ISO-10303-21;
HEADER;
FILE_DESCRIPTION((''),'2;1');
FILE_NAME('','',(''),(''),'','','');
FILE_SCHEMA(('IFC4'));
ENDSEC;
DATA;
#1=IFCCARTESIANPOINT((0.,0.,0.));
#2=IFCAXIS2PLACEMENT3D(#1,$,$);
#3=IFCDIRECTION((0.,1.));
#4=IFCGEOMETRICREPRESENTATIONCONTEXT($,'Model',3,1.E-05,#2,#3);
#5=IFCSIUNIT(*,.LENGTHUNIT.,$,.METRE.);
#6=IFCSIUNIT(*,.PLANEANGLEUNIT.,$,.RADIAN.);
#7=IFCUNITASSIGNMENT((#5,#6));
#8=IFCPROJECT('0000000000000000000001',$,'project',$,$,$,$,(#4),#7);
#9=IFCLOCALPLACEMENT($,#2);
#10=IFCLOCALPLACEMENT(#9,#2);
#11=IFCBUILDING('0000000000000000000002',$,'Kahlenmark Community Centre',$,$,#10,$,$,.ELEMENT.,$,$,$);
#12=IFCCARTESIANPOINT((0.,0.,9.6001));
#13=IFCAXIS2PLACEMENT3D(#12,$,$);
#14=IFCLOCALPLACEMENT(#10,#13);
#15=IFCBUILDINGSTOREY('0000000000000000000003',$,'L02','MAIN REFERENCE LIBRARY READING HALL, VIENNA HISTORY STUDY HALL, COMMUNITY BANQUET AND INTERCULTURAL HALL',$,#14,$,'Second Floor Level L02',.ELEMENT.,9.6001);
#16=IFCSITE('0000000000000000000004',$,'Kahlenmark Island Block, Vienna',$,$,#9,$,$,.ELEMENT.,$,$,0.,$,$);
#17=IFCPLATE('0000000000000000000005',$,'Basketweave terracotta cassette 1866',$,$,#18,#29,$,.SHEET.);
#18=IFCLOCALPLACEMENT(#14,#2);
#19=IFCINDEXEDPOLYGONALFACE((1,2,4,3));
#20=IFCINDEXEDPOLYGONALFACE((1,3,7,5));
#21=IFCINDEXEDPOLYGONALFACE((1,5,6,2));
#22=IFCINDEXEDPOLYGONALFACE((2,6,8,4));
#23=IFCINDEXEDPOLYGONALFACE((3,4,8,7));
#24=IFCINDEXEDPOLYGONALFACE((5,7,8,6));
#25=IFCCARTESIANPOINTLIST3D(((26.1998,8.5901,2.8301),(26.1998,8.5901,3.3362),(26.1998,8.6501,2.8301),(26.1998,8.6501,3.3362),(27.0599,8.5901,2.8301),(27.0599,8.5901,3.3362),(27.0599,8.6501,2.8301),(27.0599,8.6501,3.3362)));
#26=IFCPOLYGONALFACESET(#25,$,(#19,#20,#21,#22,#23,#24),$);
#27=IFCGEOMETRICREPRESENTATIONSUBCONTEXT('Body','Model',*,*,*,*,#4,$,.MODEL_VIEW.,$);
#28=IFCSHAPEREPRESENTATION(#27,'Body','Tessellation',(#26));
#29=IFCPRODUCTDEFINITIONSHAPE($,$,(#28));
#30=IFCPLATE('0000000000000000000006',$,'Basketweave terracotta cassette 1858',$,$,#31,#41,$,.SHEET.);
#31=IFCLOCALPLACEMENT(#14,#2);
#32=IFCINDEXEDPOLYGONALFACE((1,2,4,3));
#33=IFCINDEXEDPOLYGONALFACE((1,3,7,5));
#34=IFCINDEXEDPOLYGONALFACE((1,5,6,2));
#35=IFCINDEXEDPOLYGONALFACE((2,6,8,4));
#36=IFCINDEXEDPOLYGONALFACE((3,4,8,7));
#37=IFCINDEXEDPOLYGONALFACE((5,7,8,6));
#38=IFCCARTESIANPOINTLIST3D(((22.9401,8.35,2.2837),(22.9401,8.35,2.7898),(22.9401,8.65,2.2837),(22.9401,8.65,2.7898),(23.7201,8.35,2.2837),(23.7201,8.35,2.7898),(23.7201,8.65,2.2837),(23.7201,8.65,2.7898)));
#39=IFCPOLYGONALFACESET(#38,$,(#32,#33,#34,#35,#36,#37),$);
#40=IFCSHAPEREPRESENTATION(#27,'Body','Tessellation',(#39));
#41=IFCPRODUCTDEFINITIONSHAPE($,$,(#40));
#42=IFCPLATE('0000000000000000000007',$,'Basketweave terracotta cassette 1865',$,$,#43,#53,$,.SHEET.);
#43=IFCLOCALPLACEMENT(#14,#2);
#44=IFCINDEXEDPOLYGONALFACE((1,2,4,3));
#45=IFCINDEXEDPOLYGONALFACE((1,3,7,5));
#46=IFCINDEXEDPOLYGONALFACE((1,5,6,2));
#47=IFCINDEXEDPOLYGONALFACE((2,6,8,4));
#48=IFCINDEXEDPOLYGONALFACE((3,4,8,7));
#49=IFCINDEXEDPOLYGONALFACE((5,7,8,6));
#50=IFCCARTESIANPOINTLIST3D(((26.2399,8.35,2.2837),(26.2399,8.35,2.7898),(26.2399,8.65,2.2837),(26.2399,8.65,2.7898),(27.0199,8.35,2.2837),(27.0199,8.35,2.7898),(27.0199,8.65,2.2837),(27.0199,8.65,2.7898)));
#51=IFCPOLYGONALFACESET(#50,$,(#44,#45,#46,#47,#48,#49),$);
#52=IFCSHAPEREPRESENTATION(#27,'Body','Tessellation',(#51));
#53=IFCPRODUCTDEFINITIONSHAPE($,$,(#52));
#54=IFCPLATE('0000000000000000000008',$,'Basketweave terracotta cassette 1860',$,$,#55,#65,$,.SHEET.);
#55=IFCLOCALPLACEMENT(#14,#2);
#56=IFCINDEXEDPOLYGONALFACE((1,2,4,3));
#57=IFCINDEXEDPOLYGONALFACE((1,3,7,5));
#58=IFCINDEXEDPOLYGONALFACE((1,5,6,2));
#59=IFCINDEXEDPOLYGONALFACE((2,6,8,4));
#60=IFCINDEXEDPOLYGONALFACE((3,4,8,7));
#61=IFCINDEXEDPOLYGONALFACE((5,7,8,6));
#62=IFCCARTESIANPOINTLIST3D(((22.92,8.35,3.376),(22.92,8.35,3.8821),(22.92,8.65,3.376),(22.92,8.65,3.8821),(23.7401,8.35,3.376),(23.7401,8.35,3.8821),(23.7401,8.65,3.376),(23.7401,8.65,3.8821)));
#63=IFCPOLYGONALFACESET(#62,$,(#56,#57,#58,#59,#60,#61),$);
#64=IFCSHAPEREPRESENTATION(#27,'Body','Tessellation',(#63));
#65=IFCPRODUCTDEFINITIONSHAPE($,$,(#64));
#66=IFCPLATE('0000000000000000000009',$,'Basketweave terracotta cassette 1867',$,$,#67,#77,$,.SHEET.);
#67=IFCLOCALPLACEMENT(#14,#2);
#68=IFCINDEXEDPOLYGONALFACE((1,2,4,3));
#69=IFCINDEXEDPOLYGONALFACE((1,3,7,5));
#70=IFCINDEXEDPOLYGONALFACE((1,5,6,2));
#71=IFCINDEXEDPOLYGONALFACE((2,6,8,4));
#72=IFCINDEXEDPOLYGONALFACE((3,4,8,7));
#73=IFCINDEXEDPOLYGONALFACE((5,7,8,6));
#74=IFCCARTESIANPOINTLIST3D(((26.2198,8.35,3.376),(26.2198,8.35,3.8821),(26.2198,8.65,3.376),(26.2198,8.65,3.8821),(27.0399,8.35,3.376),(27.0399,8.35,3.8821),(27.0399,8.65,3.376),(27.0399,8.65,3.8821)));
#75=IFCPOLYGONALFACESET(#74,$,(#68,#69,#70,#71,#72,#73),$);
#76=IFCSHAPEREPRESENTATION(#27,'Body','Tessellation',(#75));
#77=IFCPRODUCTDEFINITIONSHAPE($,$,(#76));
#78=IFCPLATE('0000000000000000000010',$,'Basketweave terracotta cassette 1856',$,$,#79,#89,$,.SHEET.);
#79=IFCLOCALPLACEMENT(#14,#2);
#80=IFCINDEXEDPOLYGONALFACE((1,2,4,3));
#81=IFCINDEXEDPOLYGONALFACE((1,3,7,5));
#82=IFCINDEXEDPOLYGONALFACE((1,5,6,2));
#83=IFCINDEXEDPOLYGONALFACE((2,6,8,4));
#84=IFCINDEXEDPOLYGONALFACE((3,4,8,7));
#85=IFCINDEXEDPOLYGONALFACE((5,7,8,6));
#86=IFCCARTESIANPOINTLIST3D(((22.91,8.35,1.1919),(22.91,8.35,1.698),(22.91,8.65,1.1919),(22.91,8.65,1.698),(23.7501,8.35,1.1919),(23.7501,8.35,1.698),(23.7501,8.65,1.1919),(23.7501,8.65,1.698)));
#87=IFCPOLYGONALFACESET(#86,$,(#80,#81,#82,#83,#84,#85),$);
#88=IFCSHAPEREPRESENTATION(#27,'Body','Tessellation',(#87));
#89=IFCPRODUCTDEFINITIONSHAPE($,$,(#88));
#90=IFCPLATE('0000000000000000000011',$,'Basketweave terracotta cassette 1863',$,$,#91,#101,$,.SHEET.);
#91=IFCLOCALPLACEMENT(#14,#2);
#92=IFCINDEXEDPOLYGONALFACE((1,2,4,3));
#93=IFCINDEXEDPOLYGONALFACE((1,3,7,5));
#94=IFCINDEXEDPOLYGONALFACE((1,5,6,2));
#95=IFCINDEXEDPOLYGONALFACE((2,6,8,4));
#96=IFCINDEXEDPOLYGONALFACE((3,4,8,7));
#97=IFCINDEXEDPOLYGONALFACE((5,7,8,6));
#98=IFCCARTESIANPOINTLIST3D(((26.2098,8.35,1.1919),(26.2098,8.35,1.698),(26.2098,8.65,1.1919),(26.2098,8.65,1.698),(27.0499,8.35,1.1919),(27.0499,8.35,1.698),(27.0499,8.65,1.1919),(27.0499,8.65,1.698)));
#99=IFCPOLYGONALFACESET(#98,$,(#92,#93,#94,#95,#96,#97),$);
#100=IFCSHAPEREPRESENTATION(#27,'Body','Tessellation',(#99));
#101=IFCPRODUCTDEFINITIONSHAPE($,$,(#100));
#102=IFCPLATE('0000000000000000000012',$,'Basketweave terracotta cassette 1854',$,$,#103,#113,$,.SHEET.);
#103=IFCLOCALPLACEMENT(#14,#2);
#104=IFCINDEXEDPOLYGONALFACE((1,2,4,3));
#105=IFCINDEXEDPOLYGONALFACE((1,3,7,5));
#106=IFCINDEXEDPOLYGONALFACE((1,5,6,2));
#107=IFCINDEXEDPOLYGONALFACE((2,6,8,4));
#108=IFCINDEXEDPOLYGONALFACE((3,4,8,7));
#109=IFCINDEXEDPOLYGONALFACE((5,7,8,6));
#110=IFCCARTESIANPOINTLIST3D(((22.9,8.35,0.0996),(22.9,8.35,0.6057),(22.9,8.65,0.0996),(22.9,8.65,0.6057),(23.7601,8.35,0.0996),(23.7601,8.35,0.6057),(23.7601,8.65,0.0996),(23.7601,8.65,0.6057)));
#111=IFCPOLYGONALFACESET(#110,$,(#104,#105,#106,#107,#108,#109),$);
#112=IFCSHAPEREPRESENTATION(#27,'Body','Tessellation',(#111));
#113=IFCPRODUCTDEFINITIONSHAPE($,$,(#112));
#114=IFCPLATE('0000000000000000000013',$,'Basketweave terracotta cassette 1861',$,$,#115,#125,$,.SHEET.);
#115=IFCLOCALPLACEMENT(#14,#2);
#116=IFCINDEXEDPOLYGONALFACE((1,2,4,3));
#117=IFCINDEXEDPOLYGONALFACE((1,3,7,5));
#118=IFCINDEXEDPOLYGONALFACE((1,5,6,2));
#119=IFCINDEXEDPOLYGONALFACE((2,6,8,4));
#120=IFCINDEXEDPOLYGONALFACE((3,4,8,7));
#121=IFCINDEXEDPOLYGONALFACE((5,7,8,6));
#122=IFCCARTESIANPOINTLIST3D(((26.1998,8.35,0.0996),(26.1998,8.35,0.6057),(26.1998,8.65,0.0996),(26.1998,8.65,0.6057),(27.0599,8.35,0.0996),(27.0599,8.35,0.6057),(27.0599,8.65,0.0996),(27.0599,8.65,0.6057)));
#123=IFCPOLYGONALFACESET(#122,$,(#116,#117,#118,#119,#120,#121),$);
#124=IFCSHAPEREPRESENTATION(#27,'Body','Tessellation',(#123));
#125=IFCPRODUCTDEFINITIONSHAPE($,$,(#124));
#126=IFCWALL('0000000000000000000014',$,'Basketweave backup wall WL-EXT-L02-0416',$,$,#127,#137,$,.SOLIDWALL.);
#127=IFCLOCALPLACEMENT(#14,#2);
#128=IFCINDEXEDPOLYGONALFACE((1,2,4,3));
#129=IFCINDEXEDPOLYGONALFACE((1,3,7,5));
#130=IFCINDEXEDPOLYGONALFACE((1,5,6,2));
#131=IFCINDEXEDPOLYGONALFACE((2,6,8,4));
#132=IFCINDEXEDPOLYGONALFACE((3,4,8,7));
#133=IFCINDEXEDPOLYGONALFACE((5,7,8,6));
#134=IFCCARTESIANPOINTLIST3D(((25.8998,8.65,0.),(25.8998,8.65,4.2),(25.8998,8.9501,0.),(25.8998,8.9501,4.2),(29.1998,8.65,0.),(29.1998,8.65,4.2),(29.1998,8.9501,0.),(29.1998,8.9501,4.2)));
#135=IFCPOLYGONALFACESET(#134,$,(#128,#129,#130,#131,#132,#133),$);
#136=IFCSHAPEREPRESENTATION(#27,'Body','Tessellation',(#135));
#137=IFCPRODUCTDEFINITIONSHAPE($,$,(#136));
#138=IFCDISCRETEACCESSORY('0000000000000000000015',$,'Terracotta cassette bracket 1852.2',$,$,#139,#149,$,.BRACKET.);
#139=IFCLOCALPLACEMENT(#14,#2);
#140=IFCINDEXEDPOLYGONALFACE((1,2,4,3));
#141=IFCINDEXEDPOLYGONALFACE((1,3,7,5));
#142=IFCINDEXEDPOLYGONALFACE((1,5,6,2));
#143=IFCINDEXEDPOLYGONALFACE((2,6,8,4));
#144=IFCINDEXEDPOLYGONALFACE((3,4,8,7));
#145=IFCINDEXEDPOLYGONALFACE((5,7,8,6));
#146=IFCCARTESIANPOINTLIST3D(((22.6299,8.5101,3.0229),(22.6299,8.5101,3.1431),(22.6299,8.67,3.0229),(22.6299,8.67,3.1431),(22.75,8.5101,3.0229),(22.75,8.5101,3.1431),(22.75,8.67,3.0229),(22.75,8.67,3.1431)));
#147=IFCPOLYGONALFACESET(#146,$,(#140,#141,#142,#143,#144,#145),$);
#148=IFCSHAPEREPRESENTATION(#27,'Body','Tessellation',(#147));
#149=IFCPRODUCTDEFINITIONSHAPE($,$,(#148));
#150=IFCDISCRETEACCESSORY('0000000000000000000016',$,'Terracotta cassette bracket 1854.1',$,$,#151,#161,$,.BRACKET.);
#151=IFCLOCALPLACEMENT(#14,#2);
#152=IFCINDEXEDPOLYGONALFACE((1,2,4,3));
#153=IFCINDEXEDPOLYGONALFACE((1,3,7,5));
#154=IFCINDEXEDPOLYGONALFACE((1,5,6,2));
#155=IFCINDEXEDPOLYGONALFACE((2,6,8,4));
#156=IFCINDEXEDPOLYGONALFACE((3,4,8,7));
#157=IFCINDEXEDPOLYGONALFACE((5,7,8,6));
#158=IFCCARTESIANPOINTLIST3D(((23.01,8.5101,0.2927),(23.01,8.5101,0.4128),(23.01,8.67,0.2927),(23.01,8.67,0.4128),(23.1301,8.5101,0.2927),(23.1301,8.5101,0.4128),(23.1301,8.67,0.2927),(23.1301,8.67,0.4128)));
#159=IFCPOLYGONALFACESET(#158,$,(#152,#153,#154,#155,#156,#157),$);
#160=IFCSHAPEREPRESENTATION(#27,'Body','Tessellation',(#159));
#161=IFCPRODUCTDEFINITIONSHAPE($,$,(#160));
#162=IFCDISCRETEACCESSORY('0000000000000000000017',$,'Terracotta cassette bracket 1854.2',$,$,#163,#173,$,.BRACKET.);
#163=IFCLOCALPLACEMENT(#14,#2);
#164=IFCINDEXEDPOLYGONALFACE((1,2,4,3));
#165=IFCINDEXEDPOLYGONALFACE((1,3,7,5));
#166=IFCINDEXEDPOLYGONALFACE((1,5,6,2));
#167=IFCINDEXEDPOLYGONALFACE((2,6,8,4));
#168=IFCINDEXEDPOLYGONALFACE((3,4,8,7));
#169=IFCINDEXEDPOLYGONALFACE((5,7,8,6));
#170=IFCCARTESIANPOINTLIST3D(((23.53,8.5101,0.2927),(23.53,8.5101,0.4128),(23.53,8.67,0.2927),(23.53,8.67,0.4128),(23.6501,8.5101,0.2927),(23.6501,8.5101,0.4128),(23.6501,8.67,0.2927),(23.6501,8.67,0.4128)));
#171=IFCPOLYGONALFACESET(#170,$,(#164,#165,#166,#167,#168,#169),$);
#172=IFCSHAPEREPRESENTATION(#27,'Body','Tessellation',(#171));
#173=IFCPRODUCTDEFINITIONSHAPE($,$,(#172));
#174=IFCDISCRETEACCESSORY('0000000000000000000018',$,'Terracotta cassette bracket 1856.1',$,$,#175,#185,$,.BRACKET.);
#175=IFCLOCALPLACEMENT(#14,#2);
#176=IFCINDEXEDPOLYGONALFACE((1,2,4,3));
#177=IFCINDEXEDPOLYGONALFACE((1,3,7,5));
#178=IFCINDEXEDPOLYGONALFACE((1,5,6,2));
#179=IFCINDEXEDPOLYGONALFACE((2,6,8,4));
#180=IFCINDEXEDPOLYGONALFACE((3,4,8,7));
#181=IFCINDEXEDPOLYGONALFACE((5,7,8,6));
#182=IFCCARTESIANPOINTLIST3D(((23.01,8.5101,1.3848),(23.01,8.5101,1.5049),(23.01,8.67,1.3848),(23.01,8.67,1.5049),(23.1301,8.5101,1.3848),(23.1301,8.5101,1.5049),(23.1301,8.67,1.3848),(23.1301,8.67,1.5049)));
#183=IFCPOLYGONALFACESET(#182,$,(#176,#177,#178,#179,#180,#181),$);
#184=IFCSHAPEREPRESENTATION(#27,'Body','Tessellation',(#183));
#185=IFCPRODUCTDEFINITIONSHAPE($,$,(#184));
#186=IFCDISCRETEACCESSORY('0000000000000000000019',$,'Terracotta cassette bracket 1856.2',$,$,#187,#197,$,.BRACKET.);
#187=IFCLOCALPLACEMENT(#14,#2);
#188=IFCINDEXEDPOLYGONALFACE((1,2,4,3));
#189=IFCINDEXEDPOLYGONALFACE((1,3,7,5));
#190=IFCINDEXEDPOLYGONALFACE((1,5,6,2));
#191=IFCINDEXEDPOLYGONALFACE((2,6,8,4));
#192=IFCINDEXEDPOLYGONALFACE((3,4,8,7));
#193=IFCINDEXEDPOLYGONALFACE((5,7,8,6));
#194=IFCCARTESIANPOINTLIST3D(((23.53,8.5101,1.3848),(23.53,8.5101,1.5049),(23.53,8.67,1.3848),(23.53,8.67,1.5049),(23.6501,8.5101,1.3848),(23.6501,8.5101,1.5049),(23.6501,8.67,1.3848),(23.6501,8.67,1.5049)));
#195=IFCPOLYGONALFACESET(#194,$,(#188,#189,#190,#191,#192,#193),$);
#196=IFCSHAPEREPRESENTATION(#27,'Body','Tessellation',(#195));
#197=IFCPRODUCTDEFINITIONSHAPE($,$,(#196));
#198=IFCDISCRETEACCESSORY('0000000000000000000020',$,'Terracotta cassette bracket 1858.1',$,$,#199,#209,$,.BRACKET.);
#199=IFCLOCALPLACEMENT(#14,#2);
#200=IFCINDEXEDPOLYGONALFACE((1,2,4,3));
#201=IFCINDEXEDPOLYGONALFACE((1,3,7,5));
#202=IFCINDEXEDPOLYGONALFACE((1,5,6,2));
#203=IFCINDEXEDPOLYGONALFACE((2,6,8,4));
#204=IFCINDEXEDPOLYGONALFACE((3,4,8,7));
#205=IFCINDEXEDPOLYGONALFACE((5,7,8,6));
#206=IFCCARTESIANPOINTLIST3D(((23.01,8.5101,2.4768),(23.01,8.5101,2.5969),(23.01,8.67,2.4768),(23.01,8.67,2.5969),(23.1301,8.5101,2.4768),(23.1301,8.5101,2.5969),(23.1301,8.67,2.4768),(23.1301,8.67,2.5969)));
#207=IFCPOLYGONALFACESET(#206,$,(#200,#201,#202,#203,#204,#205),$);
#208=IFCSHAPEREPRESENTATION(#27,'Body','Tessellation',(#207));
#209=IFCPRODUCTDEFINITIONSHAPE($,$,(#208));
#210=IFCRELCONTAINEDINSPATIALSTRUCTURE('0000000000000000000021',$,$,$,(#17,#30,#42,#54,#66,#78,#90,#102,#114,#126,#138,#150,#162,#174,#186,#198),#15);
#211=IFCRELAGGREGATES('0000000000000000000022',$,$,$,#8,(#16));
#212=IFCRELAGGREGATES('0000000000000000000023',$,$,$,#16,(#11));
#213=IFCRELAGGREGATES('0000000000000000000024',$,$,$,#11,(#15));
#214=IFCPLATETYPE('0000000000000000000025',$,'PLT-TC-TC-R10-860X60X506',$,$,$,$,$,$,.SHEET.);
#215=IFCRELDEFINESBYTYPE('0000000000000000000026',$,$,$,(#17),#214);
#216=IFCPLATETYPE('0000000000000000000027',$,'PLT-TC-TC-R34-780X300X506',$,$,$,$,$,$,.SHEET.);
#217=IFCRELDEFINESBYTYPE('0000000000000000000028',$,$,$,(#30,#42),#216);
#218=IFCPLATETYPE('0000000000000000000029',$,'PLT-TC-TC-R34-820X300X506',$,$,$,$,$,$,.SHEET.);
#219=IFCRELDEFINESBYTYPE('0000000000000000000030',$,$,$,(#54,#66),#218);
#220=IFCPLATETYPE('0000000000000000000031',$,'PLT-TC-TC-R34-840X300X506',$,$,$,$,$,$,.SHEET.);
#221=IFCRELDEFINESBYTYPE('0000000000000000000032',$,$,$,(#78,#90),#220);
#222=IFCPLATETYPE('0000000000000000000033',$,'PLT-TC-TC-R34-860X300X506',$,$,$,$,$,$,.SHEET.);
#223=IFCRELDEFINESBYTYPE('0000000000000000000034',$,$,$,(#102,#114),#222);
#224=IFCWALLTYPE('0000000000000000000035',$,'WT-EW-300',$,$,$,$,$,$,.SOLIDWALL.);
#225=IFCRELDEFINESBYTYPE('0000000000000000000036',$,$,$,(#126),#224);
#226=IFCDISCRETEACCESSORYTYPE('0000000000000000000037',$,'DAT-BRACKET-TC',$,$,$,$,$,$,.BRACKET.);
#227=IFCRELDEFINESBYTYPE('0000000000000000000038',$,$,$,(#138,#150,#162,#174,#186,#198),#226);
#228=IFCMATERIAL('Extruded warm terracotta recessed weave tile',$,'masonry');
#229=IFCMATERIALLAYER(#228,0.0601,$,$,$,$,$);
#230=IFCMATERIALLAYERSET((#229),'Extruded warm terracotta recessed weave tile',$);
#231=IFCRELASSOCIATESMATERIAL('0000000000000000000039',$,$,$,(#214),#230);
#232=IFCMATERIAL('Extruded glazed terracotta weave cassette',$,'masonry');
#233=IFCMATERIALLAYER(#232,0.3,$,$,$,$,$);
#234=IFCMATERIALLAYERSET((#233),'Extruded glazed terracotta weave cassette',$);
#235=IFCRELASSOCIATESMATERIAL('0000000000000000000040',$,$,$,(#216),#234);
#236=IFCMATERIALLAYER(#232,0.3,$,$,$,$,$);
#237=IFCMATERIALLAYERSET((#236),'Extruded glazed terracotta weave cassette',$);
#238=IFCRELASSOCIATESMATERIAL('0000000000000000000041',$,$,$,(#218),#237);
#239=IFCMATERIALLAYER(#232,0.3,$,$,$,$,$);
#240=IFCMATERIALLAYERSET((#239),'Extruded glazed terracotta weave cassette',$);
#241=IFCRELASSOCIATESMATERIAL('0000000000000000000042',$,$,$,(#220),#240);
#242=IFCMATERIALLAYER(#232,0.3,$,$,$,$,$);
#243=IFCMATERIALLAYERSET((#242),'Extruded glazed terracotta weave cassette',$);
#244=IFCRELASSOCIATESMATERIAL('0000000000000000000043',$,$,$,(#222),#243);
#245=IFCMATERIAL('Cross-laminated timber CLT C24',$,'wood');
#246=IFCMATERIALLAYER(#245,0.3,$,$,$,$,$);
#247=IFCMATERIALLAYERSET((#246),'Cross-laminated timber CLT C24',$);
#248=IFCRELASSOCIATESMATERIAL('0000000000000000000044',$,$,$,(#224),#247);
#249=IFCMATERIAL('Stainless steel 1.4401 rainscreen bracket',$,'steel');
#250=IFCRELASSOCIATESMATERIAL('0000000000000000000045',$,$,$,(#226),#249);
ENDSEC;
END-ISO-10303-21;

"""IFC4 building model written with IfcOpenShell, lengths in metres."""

from ifc_helpers import new_model, si_unit, direction, frame, frame_2d, origin, origin_2d, place, context, subcontext, project, spatial, rectangle, extrude, material, layer, layer_set, type_object, element, save


model = new_model("IFC4")

# Units and contexts
model_context = context("Model", 3, precision=1e-05, world=origin(), true_north=direction((0.0, 1.0)))
body_context = subcontext(model_context, "Body", "Model", "MODEL_VIEW")
ifc_project = project(units=[si_unit("LENGTHUNIT", "METRE"), si_unit("PLANEANGLEUNIT", "RADIAN")], contexts=[model_context])

# Site, building, storey
site_placement = place(None, origin())
site = spatial("IfcSite", under=ifc_project, at=site_placement, Name="Kahlenmark Island Block, Vienna", CompositionType="ELEMENT", RefElevation=0.0)
building_placement = place(site_placement, origin())
building = spatial("IfcBuilding", under=site, at=building_placement, Name="Kahlenmark Community Centre", CompositionType="ELEMENT")
storey_placement = place(building_placement, frame((0.0, 0.0, 9.6001)))
storey = spatial("IfcBuildingStorey", under=building, at=storey_placement, Name="L02", Description="MAIN REFERENCE LIBRARY READING HALL, VIENNA HISTORY STUDY HALL, COMMUNITY BANQUET AND INTERCULTURAL HALL", LongName="Second Floor Level L02", CompositionType="ELEMENT", Elevation=9.6001)

# Plates
ifc_material_1 = material(Name="Extruded warm terracotta recessed weave tile", Category="masonry")
ifc_layer_1 = layer(ifc_material_1, 0.0601)
ifc_layer_set_1 = layer_set([ifc_layer_1], Name="Extruded warm terracotta recessed weave tile")
plate_type_1 = type_object("IfcPlateType", Name="PLT-TC-TC-R10-860X60X506", PredefinedType="SHEET", material=ifc_layer_set_1)
for number, where, z_axis, x_axis, name in (
    (1, (26.6299, 8.6201, 2.8301), (0.0, 0.0, 1.0), (1.0, 0.0, 0.0), "Basketweave terracotta cassette 1866"),
):
    element("IfcPlate", number, at=place(storey_placement, frame(where, z_axis=z_axis, x_axis=x_axis)), inside=storey, type_object=plate_type_1, Name=name, PredefinedType="SHEET", context=body_context, shape_type="SweptSolid", body=[
        extrude(rectangle(XDim=0.8601, YDim=0.0601, at=origin_2d()), origin(), (0.0, 0.0, 1.0), 0.5061),
    ])
ifc_material_2 = material(Name="Extruded glazed terracotta weave cassette", Category="masonry")
ifc_layer_2 = layer(ifc_material_2, 0.3)
ifc_layer_set_2 = layer_set([ifc_layer_2], Name="Extruded glazed terracotta weave cassette")
plate_type_2 = type_object("IfcPlateType", Name="PLT-TC-TC-R34-780X300X506", PredefinedType="SHEET", material=ifc_layer_set_2)
for number, where, z_axis, x_axis, name in (
    (2, (23.3301, 8.5, 2.2837), (0.0, 0.0, 1.0), (1.0, 0.0, 0.0), "Basketweave terracotta cassette 1858"),
    (3, (26.6299, 8.5, 2.2837), (0.0, 0.0, 1.0), (1.0, 0.0, 0.0), "Basketweave terracotta cassette 1865"),
):
    element("IfcPlate", number, at=place(storey_placement, frame(where, z_axis=z_axis, x_axis=x_axis)), inside=storey, type_object=plate_type_2, Name=name, PredefinedType="SHEET", context=body_context, shape_type="SweptSolid", body=[
        extrude(rectangle(XDim=0.78, YDim=0.3, at=origin_2d()), origin(), (0.0, 0.0, 1.0), 0.5061),
    ])
ifc_layer_3 = layer(ifc_material_2, 0.3)
ifc_layer_set_3 = layer_set([ifc_layer_3], Name="Extruded glazed terracotta weave cassette")
plate_type_3 = type_object("IfcPlateType", Name="PLT-TC-TC-R34-820X300X506", PredefinedType="SHEET", material=ifc_layer_set_3)
for number, where, z_axis, x_axis, name in (
    (4, (23.3301, 8.5, 3.376), (0.0, 0.0, 1.0), (1.0, 0.0, 0.0), "Basketweave terracotta cassette 1860"),
    (5, (26.6299, 8.5, 3.376), (0.0, 0.0, 1.0), (1.0, 0.0, 0.0), "Basketweave terracotta cassette 1867"),
):
    element("IfcPlate", number, at=place(storey_placement, frame(where, z_axis=z_axis, x_axis=x_axis)), inside=storey, type_object=plate_type_3, Name=name, PredefinedType="SHEET", context=body_context, shape_type="SweptSolid", body=[
        extrude(rectangle(XDim=0.8201, YDim=0.3, at=origin_2d()), origin(), (0.0, 0.0, 1.0), 0.5061),
    ])
ifc_layer_4 = layer(ifc_material_2, 0.3)
ifc_layer_set_4 = layer_set([ifc_layer_4], Name="Extruded glazed terracotta weave cassette")
plate_type_4 = type_object("IfcPlateType", Name="PLT-TC-TC-R34-840X300X506", PredefinedType="SHEET", material=ifc_layer_set_4)
for number, where, z_axis, x_axis, name in (
    (6, (23.3301, 8.5, 1.1919), (0.0, 0.0, 1.0), (1.0, 0.0, 0.0), "Basketweave terracotta cassette 1856"),
    (7, (26.6299, 8.5, 1.1919), (0.0, 0.0, 1.0), (1.0, 0.0, 0.0), "Basketweave terracotta cassette 1863"),
):
    element("IfcPlate", number, at=place(storey_placement, frame(where, z_axis=z_axis, x_axis=x_axis)), inside=storey, type_object=plate_type_4, Name=name, PredefinedType="SHEET", context=body_context, shape_type="SweptSolid", body=[
        extrude(rectangle(XDim=0.8401, YDim=0.3, at=origin_2d()), origin(), (0.0, 0.0, 1.0), 0.5061),
    ])
ifc_layer_5 = layer(ifc_material_2, 0.3)
ifc_layer_set_5 = layer_set([ifc_layer_5], Name="Extruded glazed terracotta weave cassette")
plate_type_5 = type_object("IfcPlateType", Name="PLT-TC-TC-R34-860X300X506", PredefinedType="SHEET", material=ifc_layer_set_5)
for number, where, z_axis, x_axis, name in (
    (8, (23.3301, 8.5, 0.0996), (0.0, 0.0, 1.0), (1.0, 0.0, 0.0), "Basketweave terracotta cassette 1854"),
    (9, (26.6299, 8.5, 0.0996), (0.0, 0.0, 1.0), (1.0, 0.0, 0.0), "Basketweave terracotta cassette 1861"),
):
    element("IfcPlate", number, at=place(storey_placement, frame(where, z_axis=z_axis, x_axis=x_axis)), inside=storey, type_object=plate_type_5, Name=name, PredefinedType="SHEET", context=body_context, shape_type="SweptSolid", body=[
        extrude(rectangle(XDim=0.8601, YDim=0.3, at=origin_2d()), origin(), (0.0, 0.0, 1.0), 0.5061),
    ])

# Wall
ifc_material_3 = material(Name="Cross-laminated timber CLT C24", Category="wood")
ifc_layer_6 = layer(ifc_material_3, 0.3)
ifc_layer_set_6 = layer_set([ifc_layer_6], Name="Cross-laminated timber CLT C24")
wall_type = type_object("IfcWallType", Name="WT-EW-300", PredefinedType="SOLIDWALL", material=ifc_layer_set_6)
wall_placement = place(storey_placement, frame((25.8999, 8.8, 0.0), z_axis=(0.0, 0.0, 1.0), x_axis=(1.0, 0.0, 0.0)))
element("IfcWall", 10, at=wall_placement, inside=storey, type_object=wall_type, Name="Basketweave backup wall WL-EXT-L02-0416", PredefinedType="SOLIDWALL", context=body_context, shape_type="SweptSolid", body=[
    extrude(rectangle(XDim=3.3, YDim=0.3, at=frame_2d((1.6499, 0.0))), origin(), (0.0, 0.0, 1.0), 4.2),
])

# Discrete accessories
ifc_material_4 = material(Name="Stainless steel 1.4401 rainscreen bracket", Category="steel")
discrete_accessory_type = type_object("IfcDiscreteAccessoryType", Name="DAT-BRACKET-TC", PredefinedType="BRACKET", material=ifc_material_4)
for number, where, z_axis, x_axis, name in (
    (11, (22.6899, 8.5901, 3.0229), (0.0, 0.0, 1.0), (1.0, 0.0, 0.0), "Terracotta cassette bracket 1852.2"),
    (12, (23.0701, 8.5901, 0.2927), (0.0, 0.0, 1.0), (1.0, 0.0, 0.0), "Terracotta cassette bracket 1854.1"),
    (13, (23.5901, 8.5901, 0.2927), (0.0, 0.0, 1.0), (1.0, 0.0, 0.0), "Terracotta cassette bracket 1854.2"),
    (14, (23.0701, 8.5901, 1.3848), (0.0, 0.0, 1.0), (1.0, 0.0, 0.0), "Terracotta cassette bracket 1856.1"),
    (15, (23.5901, 8.5901, 1.3848), (0.0, 0.0, 1.0), (1.0, 0.0, 0.0), "Terracotta cassette bracket 1856.2"),
    (16, (23.0701, 8.5901, 2.4768), (0.0, 0.0, 1.0), (1.0, 0.0, 0.0), "Terracotta cassette bracket 1858.1"),
):
    element("IfcDiscreteAccessory", number, at=place(storey_placement, frame(where, z_axis=z_axis, x_axis=x_axis)), inside=storey, type_object=discrete_accessory_type, Name=name, PredefinedType="BRACKET", context=body_context, shape_type="SweptSolid", body=[
        extrude(rectangle(XDim=0.1201, YDim=0.1599, at=origin_2d()), origin(), (0.0, 0.0, 1.0), 0.1201),
    ])

save(model, "model.ifc")
